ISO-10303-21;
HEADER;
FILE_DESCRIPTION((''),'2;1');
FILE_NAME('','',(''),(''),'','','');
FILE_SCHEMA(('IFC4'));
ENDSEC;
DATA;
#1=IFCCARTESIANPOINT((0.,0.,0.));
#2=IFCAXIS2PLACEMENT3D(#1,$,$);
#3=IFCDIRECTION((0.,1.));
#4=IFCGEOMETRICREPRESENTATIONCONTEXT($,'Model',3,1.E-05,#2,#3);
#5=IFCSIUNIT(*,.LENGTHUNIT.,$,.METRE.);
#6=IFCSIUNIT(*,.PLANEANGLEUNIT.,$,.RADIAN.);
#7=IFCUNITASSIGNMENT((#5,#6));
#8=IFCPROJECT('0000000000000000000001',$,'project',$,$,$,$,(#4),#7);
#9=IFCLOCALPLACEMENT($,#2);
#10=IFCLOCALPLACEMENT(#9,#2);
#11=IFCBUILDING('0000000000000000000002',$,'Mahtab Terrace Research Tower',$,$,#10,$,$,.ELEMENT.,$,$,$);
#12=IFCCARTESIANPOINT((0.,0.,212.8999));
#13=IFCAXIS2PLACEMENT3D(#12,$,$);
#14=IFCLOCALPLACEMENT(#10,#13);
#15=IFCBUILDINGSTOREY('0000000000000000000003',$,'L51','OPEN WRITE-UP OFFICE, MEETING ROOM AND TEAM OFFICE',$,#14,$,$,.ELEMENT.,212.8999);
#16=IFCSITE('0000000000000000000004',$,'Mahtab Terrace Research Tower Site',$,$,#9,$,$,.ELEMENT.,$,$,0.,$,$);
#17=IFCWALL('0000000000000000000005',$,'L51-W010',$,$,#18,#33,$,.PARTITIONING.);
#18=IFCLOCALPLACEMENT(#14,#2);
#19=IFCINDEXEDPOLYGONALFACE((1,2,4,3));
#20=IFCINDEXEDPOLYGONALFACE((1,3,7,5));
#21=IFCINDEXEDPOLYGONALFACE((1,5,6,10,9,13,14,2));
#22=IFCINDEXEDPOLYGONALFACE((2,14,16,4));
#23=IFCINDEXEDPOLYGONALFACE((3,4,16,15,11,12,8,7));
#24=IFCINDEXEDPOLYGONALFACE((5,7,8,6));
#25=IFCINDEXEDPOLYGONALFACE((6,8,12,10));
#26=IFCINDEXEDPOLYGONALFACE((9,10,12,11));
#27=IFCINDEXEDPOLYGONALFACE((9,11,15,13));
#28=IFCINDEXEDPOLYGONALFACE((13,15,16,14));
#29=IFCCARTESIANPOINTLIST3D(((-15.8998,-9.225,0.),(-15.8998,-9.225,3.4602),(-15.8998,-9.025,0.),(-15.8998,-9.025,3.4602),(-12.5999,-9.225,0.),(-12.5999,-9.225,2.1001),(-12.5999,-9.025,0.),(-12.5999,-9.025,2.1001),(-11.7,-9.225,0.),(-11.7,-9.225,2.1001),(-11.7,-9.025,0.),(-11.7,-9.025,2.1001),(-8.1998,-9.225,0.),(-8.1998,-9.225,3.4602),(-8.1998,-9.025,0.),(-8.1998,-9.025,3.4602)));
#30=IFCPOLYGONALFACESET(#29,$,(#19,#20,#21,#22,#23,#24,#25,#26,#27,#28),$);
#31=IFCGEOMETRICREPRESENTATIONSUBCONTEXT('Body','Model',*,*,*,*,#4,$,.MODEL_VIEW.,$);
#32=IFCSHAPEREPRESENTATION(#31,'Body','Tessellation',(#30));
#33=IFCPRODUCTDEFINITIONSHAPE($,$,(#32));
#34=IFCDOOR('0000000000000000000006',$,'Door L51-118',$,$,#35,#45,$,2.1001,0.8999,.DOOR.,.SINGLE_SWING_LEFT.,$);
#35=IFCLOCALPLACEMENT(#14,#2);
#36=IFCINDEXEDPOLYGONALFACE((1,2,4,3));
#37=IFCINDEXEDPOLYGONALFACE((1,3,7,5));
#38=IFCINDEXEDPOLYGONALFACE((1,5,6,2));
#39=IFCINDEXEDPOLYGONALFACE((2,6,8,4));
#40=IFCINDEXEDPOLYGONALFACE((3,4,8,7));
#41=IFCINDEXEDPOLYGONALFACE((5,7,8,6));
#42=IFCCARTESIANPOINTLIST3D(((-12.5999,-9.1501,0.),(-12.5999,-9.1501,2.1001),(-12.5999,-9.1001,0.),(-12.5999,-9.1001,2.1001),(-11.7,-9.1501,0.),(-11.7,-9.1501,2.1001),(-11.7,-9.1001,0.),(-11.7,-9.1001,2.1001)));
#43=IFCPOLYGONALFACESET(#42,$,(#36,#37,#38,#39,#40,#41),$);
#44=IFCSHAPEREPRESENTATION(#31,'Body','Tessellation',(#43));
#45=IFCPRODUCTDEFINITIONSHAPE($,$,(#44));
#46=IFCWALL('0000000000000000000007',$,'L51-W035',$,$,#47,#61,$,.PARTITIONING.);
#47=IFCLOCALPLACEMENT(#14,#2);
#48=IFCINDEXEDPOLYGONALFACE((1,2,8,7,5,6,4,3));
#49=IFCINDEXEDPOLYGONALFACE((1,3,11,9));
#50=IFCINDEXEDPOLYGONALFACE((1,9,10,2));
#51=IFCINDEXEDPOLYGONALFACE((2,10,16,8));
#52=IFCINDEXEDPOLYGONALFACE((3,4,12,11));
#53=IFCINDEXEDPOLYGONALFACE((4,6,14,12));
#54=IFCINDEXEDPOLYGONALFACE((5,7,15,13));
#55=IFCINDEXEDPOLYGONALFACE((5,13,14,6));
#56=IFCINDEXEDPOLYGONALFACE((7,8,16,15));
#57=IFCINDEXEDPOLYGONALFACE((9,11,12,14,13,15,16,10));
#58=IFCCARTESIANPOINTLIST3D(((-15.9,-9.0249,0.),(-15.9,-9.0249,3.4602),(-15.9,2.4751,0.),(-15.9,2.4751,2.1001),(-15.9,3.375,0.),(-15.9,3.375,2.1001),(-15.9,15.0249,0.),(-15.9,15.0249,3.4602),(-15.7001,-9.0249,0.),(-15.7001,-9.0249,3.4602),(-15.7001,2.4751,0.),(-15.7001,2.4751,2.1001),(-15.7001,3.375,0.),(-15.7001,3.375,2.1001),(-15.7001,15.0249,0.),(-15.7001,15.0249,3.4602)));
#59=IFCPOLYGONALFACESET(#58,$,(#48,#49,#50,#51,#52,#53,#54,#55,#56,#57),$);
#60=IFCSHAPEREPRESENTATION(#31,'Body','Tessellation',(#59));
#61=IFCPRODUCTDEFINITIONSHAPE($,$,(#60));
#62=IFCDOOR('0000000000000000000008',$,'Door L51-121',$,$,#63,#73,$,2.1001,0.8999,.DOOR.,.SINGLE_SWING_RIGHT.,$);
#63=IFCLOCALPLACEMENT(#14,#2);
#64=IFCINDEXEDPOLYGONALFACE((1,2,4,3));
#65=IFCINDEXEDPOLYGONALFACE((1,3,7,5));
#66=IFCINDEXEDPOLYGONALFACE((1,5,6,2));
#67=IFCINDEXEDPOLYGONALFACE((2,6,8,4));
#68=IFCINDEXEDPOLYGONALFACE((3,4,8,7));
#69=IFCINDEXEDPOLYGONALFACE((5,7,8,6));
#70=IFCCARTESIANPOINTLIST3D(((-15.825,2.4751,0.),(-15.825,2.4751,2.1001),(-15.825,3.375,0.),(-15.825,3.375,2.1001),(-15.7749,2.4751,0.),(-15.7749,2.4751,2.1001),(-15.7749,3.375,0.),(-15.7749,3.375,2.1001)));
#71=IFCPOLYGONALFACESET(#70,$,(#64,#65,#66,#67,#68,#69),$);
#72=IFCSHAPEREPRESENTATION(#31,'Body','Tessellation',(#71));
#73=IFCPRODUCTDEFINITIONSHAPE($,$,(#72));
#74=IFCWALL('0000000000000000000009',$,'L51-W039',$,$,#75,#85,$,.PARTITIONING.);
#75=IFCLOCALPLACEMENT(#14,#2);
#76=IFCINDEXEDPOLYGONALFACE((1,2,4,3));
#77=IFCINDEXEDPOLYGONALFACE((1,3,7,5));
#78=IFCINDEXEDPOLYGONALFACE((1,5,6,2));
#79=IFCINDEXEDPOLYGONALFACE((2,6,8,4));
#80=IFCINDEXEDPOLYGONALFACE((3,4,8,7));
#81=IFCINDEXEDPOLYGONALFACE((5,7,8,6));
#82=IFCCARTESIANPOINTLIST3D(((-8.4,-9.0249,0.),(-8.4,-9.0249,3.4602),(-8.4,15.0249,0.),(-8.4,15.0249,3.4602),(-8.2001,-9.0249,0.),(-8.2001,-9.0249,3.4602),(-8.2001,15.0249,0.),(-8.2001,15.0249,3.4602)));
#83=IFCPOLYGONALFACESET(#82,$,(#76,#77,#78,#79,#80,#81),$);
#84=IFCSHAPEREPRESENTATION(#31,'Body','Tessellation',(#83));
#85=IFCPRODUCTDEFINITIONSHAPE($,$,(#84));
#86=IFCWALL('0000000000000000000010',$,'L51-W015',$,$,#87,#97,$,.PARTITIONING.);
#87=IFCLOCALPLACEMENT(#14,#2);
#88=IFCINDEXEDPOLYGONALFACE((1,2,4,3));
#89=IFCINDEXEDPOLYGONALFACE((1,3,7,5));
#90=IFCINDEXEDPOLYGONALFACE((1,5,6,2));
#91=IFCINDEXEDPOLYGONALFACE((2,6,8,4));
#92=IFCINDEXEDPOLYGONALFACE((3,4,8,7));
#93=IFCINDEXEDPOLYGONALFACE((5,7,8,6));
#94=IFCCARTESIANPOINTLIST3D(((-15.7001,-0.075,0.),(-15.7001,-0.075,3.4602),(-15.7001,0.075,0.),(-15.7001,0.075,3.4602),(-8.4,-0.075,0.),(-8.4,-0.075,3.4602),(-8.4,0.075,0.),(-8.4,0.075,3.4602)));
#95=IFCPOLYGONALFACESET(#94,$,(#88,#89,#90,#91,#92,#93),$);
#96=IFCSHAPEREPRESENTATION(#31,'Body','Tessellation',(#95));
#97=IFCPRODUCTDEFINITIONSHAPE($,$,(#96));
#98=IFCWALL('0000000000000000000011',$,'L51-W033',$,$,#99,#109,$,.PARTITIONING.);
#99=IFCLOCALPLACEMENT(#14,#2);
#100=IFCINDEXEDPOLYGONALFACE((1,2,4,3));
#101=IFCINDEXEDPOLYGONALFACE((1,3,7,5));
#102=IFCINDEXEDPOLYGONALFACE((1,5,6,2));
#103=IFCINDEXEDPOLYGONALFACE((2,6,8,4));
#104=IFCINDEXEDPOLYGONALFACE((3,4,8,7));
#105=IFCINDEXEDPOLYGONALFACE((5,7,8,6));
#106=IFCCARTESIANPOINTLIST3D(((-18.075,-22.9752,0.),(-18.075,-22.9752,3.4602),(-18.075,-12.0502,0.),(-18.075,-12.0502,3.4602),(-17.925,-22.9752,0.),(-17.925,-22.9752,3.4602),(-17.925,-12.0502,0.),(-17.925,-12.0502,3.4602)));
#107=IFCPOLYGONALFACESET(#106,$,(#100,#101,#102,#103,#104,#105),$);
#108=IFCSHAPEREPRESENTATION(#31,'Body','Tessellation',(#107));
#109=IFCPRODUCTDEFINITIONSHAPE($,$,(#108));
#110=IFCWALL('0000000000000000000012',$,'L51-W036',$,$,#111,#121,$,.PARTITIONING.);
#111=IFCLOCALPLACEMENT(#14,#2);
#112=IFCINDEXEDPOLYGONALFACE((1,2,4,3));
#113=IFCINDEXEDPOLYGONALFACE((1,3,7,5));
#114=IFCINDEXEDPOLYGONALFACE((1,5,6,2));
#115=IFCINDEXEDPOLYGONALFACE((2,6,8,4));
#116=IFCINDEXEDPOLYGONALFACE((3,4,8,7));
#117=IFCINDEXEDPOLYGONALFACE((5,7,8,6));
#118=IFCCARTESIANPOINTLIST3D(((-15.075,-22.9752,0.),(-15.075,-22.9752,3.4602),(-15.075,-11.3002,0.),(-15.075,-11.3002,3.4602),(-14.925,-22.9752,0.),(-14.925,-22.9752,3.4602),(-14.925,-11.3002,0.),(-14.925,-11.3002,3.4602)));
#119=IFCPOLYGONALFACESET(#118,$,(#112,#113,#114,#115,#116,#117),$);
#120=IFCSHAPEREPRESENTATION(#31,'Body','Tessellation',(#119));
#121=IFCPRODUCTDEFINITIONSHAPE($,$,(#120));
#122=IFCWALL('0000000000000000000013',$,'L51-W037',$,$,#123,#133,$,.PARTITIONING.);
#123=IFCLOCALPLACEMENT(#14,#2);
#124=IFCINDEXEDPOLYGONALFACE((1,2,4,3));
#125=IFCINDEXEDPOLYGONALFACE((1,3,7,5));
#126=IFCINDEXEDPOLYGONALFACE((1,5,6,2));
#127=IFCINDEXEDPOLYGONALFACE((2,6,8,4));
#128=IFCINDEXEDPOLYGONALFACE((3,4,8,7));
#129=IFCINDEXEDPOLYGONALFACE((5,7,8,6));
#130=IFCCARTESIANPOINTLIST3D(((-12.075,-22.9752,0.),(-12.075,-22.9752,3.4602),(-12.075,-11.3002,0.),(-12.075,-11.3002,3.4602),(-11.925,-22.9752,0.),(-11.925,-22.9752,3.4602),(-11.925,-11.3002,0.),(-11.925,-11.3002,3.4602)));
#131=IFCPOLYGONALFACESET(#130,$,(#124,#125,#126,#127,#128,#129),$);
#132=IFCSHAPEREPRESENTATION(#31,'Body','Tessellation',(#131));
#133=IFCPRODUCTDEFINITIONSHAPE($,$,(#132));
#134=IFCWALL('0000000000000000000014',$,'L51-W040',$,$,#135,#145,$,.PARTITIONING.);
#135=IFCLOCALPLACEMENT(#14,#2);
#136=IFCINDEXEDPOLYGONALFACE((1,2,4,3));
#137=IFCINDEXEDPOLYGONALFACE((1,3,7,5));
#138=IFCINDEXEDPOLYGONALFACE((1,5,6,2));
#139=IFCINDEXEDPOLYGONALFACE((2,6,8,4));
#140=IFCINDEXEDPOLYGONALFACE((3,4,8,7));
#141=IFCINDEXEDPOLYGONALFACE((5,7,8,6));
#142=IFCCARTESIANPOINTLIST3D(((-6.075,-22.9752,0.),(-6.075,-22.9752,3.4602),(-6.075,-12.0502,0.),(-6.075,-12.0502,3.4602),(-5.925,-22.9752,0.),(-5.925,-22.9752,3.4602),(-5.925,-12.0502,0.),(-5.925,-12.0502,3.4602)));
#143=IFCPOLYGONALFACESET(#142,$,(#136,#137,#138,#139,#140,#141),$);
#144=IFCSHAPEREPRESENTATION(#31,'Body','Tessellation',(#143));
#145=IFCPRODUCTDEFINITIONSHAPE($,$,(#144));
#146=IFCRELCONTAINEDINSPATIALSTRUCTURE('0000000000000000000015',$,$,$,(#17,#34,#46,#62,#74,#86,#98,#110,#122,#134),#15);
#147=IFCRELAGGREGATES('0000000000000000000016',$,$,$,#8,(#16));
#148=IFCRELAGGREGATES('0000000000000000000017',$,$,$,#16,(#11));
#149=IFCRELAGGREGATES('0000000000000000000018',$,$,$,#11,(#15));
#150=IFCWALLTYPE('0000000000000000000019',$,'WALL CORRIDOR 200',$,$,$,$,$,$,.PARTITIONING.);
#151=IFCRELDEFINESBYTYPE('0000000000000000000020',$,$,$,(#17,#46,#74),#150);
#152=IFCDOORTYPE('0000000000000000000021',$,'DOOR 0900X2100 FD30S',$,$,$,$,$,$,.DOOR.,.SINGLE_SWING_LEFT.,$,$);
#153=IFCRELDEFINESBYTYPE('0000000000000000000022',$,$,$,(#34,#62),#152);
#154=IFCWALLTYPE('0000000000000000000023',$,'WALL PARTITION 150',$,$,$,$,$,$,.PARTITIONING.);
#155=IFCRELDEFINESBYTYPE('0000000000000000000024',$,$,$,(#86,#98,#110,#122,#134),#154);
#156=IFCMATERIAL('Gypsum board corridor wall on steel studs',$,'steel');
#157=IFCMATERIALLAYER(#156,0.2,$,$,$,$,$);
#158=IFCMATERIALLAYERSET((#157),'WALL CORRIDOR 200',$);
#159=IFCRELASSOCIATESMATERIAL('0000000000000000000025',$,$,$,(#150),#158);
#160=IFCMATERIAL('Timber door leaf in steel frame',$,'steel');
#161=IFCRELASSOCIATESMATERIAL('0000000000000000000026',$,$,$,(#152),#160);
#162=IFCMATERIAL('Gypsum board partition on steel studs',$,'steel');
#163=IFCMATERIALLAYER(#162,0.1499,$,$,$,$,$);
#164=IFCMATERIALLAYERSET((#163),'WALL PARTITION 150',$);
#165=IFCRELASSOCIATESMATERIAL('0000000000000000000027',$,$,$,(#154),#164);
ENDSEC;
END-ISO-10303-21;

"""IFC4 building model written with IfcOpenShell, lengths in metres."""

from ifc_helpers import new_model, si_unit, direction, frame, frame_2d, origin, place, context, subcontext, project, spatial, rectangle, extrude, material, layer, layer_set, type_object, element, fill, save


model = new_model("IFC4")

# Units and contexts
model_context = context("Model", 3, precision=1e-05, world=origin(), true_north=direction((0.0, 1.0)))
body_context = subcontext(model_context, "Body", "Model", "MODEL_VIEW")
ifc_project = project(units=[si_unit("LENGTHUNIT", "METRE"), si_unit("PLANEANGLEUNIT", "RADIAN")], contexts=[model_context])

# Site, building, storey
site_placement = place(None, origin())
site = spatial("IfcSite", under=ifc_project, at=site_placement, Name="Mahtab Terrace Research Tower Site", CompositionType="ELEMENT", RefElevation=0.0)
building_placement = place(site_placement, origin())
building = spatial("IfcBuilding", under=site, at=building_placement, Name="Mahtab Terrace Research Tower", CompositionType="ELEMENT")
storey_placement = place(building_placement, frame((0.0, 0.0, 212.8999)))
storey = spatial("IfcBuildingStorey", under=building, at=storey_placement, Name="L51", Description="OPEN WRITE-UP OFFICE, MEETING ROOM AND TEAM OFFICE", CompositionType="ELEMENT", Elevation=212.8999)

# Shared definitions
ifc_material_1 = material(Name="Gypsum board corridor wall on steel studs", Category="steel")
ifc_layer_1 = layer(ifc_material_1, 0.2)
ifc_layer_set_1 = layer_set([ifc_layer_1], Name="WALL CORRIDOR 200")
wall_type_1 = type_object("IfcWallType", Name="WALL CORRIDOR 200", PredefinedType="PARTITIONING", material=ifc_layer_set_1)
ifc_material_2 = material(Name="Timber door leaf in steel frame", Category="steel")
door_type_1 = type_object("IfcDoorType", Name="DOOR 0900X2100 FD30S", OperationType="SINGLE_SWING_LEFT", PredefinedType="DOOR", material=ifc_material_2)

# Walls, openings, doors
wall_1_placement = place(storey_placement, frame((-15.8999, -9.125, 0.0), z_axis=(0.0, 0.0, 1.0), x_axis=(1.0, 0.0, 0.0)))
wall_1 = element("IfcWall", 1, at=wall_1_placement, inside=storey, type_object=wall_type_1, Name="L51-W010", PredefinedType="PARTITIONING", context=body_context, shape_type="SweptSolid", body=[
    extrude(rectangle(XDim=7.7, YDim=0.2, at=frame_2d((3.8501, 0.0))), origin(), (0.0, 0.0, 1.0), 3.4602),
])
opening_1_placement = place(wall_1_placement, frame((3.3, 0.0, 0.0)))
opening_1 = element("IfcOpeningElement", 2, at=opening_1_placement, cuts=wall_1, PredefinedType="OPENING", context=body_context, shape_type="SweptSolid", body=[
    extrude(rectangle(XDim=0.8999, YDim=2.1001, at=frame_2d((0.45, 1.05))), frame((0.0, 0.1099, 0.0), z_axis=(0.0, -1.0, 0.0), x_axis=(1.0, 0.0, 0.0)), (0.0, 0.0, 1.0), 0.22),
])
door_1_placement = place(opening_1_placement, origin())
door_1 = element("IfcDoor", 3, at=door_1_placement, inside=storey, type_object=door_type_1, Name="Door L51-118", OperationType="SINGLE_SWING_LEFT", OverallHeight=2.1001, OverallWidth=0.8999, PredefinedType="DOOR", context=body_context, shape_type="SweptSolid", body=[
    extrude(rectangle(XDim=0.8999, YDim=2.1001, at=frame_2d((0.45, 1.05))), frame((0.0, 0.0249, 0.0), z_axis=(0.0, -1.0, 0.0), x_axis=(1.0, 0.0, 0.0)), (0.0, 0.0, 1.0), 0.05),
])
fill(opening_1, door_1)
wall_2_placement = place(storey_placement, frame((-15.8, -9.0249, 0.0), z_axis=(0.0, 0.0, 1.0), x_axis=(0.0, 1.0, 0.0)))
wall_2 = element("IfcWall", 4, at=wall_2_placement, inside=storey, type_object=wall_type_1, Name="L51-W035", PredefinedType="PARTITIONING", context=body_context, shape_type="SweptSolid", body=[
    extrude(rectangle(XDim=24.0498, YDim=0.2, at=frame_2d((12.0249, 0.0))), origin(), (0.0, 0.0, 1.0), 3.4602),
])
opening_2_placement = place(wall_2_placement, frame((11.5, 0.0, 0.0)))
opening_2 = element("IfcOpeningElement", 5, at=opening_2_placement, cuts=wall_2, PredefinedType="OPENING", context=body_context, shape_type="SweptSolid", body=[
    extrude(rectangle(XDim=0.8999, YDim=2.1001, at=frame_2d((0.45, 1.05))), frame((0.0, 0.1099, 0.0), z_axis=(0.0, -1.0, 0.0), x_axis=(1.0, 0.0, 0.0)), (0.0, 0.0, 1.0), 0.22),
])
door_2_placement = place(opening_2_placement, origin())
door_2 = element("IfcDoor", 6, at=door_2_placement, inside=storey, type_object=door_type_1, Name="Door L51-121", OperationType="SINGLE_SWING_RIGHT", OverallHeight=2.1001, OverallWidth=0.8999, PredefinedType="DOOR", context=body_context, shape_type="SweptSolid", body=[
    extrude(rectangle(XDim=0.8999, YDim=2.1001, at=frame_2d((0.45, 1.05))), frame((0.0, 0.0249, 0.0), z_axis=(0.0, -1.0, 0.0), x_axis=(1.0, 0.0, 0.0)), (0.0, 0.0, 1.0), 0.05),
])
fill(opening_2, door_2)

# Walls
wall_3_placement = place(storey_placement, frame((-8.3, -9.0249, 0.0), z_axis=(0.0, 0.0, 1.0), x_axis=(0.0, 1.0, 0.0)))
element("IfcWall", 7, at=wall_3_placement, inside=storey, type_object=wall_type_1, Name="L51-W039", PredefinedType="PARTITIONING", context=body_context, shape_type="SweptSolid", body=[
    extrude(rectangle(XDim=24.0498, YDim=0.2, at=frame_2d((12.0249, 0.0))), origin(), (0.0, 0.0, 1.0), 3.4602),
])
ifc_material_3 = material(Name="Gypsum board partition on steel studs", Category="steel")
ifc_layer_2 = layer(ifc_material_3, 0.1499)
ifc_layer_set_2 = layer_set([ifc_layer_2], Name="WALL PARTITION 150")
wall_type_2 = type_object("IfcWallType", Name="WALL PARTITION 150", PredefinedType="PARTITIONING", material=ifc_layer_set_2)
wall_4_placement = place(storey_placement, frame((-15.7, 0.0, 0.0), z_axis=(0.0, 0.0, 1.0), x_axis=(1.0, 0.0, 0.0)))
element("IfcWall", 8, at=wall_4_placement, inside=storey, type_object=wall_type_2, Name="L51-W015", PredefinedType="PARTITIONING", context=body_context, shape_type="SweptSolid", body=[
    extrude(rectangle(XDim=7.3, YDim=0.1499, at=frame_2d((3.6499, 0.0))), origin(), (0.0, 0.0, 1.0), 3.4602),
])
wall_5_placement = place(storey_placement, frame((-18.0, -22.9751, 0.0), z_axis=(0.0, 0.0, 1.0), x_axis=(0.0, 1.0, 0.0)))
element("IfcWall", 9, at=wall_5_placement, inside=storey, type_object=wall_type_2, Name="L51-W033", PredefinedType="PARTITIONING", context=body_context, shape_type="SweptSolid", body=[
    extrude(rectangle(XDim=10.925, YDim=0.1499, at=frame_2d((5.4624, 0.0))), origin(), (0.0, 0.0, 1.0), 3.4602),
])
for number, where, z_axis, x_axis, name in (
    (10, (-15.0, -22.9751, 0.0), (0.0, 0.0, 1.0), (0.0, 1.0, 0.0), "L51-W036"),
    (11, (-12.0, -22.9751, 0.0), (0.0, 0.0, 1.0), (0.0, 1.0, 0.0), "L51-W037"),
):
    element("IfcWall", number, at=place(storey_placement, frame(where, z_axis=z_axis, x_axis=x_axis)), inside=storey, type_object=wall_type_2, Name=name, PredefinedType="PARTITIONING", context=body_context, shape_type="SweptSolid", body=[
        extrude(rectangle(XDim=11.675, YDim=0.1499, at=frame_2d((5.8374, 0.0))), origin(), (0.0, 0.0, 1.0), 3.4602),
    ])
wall_6_placement = place(storey_placement, frame((-6.0, -22.9751, 0.0), z_axis=(0.0, 0.0, 1.0), x_axis=(0.0, 1.0, 0.0)))
element("IfcWall", 12, at=wall_6_placement, inside=storey, type_object=wall_type_2, Name="L51-W040", PredefinedType="PARTITIONING", context=body_context, shape_type="SweptSolid", body=[
    extrude(rectangle(XDim=10.925, YDim=0.1499, at=frame_2d((5.4624, 0.0))), origin(), (0.0, 0.0, 1.0), 3.4602),
])

save(model, "model.ifc")
